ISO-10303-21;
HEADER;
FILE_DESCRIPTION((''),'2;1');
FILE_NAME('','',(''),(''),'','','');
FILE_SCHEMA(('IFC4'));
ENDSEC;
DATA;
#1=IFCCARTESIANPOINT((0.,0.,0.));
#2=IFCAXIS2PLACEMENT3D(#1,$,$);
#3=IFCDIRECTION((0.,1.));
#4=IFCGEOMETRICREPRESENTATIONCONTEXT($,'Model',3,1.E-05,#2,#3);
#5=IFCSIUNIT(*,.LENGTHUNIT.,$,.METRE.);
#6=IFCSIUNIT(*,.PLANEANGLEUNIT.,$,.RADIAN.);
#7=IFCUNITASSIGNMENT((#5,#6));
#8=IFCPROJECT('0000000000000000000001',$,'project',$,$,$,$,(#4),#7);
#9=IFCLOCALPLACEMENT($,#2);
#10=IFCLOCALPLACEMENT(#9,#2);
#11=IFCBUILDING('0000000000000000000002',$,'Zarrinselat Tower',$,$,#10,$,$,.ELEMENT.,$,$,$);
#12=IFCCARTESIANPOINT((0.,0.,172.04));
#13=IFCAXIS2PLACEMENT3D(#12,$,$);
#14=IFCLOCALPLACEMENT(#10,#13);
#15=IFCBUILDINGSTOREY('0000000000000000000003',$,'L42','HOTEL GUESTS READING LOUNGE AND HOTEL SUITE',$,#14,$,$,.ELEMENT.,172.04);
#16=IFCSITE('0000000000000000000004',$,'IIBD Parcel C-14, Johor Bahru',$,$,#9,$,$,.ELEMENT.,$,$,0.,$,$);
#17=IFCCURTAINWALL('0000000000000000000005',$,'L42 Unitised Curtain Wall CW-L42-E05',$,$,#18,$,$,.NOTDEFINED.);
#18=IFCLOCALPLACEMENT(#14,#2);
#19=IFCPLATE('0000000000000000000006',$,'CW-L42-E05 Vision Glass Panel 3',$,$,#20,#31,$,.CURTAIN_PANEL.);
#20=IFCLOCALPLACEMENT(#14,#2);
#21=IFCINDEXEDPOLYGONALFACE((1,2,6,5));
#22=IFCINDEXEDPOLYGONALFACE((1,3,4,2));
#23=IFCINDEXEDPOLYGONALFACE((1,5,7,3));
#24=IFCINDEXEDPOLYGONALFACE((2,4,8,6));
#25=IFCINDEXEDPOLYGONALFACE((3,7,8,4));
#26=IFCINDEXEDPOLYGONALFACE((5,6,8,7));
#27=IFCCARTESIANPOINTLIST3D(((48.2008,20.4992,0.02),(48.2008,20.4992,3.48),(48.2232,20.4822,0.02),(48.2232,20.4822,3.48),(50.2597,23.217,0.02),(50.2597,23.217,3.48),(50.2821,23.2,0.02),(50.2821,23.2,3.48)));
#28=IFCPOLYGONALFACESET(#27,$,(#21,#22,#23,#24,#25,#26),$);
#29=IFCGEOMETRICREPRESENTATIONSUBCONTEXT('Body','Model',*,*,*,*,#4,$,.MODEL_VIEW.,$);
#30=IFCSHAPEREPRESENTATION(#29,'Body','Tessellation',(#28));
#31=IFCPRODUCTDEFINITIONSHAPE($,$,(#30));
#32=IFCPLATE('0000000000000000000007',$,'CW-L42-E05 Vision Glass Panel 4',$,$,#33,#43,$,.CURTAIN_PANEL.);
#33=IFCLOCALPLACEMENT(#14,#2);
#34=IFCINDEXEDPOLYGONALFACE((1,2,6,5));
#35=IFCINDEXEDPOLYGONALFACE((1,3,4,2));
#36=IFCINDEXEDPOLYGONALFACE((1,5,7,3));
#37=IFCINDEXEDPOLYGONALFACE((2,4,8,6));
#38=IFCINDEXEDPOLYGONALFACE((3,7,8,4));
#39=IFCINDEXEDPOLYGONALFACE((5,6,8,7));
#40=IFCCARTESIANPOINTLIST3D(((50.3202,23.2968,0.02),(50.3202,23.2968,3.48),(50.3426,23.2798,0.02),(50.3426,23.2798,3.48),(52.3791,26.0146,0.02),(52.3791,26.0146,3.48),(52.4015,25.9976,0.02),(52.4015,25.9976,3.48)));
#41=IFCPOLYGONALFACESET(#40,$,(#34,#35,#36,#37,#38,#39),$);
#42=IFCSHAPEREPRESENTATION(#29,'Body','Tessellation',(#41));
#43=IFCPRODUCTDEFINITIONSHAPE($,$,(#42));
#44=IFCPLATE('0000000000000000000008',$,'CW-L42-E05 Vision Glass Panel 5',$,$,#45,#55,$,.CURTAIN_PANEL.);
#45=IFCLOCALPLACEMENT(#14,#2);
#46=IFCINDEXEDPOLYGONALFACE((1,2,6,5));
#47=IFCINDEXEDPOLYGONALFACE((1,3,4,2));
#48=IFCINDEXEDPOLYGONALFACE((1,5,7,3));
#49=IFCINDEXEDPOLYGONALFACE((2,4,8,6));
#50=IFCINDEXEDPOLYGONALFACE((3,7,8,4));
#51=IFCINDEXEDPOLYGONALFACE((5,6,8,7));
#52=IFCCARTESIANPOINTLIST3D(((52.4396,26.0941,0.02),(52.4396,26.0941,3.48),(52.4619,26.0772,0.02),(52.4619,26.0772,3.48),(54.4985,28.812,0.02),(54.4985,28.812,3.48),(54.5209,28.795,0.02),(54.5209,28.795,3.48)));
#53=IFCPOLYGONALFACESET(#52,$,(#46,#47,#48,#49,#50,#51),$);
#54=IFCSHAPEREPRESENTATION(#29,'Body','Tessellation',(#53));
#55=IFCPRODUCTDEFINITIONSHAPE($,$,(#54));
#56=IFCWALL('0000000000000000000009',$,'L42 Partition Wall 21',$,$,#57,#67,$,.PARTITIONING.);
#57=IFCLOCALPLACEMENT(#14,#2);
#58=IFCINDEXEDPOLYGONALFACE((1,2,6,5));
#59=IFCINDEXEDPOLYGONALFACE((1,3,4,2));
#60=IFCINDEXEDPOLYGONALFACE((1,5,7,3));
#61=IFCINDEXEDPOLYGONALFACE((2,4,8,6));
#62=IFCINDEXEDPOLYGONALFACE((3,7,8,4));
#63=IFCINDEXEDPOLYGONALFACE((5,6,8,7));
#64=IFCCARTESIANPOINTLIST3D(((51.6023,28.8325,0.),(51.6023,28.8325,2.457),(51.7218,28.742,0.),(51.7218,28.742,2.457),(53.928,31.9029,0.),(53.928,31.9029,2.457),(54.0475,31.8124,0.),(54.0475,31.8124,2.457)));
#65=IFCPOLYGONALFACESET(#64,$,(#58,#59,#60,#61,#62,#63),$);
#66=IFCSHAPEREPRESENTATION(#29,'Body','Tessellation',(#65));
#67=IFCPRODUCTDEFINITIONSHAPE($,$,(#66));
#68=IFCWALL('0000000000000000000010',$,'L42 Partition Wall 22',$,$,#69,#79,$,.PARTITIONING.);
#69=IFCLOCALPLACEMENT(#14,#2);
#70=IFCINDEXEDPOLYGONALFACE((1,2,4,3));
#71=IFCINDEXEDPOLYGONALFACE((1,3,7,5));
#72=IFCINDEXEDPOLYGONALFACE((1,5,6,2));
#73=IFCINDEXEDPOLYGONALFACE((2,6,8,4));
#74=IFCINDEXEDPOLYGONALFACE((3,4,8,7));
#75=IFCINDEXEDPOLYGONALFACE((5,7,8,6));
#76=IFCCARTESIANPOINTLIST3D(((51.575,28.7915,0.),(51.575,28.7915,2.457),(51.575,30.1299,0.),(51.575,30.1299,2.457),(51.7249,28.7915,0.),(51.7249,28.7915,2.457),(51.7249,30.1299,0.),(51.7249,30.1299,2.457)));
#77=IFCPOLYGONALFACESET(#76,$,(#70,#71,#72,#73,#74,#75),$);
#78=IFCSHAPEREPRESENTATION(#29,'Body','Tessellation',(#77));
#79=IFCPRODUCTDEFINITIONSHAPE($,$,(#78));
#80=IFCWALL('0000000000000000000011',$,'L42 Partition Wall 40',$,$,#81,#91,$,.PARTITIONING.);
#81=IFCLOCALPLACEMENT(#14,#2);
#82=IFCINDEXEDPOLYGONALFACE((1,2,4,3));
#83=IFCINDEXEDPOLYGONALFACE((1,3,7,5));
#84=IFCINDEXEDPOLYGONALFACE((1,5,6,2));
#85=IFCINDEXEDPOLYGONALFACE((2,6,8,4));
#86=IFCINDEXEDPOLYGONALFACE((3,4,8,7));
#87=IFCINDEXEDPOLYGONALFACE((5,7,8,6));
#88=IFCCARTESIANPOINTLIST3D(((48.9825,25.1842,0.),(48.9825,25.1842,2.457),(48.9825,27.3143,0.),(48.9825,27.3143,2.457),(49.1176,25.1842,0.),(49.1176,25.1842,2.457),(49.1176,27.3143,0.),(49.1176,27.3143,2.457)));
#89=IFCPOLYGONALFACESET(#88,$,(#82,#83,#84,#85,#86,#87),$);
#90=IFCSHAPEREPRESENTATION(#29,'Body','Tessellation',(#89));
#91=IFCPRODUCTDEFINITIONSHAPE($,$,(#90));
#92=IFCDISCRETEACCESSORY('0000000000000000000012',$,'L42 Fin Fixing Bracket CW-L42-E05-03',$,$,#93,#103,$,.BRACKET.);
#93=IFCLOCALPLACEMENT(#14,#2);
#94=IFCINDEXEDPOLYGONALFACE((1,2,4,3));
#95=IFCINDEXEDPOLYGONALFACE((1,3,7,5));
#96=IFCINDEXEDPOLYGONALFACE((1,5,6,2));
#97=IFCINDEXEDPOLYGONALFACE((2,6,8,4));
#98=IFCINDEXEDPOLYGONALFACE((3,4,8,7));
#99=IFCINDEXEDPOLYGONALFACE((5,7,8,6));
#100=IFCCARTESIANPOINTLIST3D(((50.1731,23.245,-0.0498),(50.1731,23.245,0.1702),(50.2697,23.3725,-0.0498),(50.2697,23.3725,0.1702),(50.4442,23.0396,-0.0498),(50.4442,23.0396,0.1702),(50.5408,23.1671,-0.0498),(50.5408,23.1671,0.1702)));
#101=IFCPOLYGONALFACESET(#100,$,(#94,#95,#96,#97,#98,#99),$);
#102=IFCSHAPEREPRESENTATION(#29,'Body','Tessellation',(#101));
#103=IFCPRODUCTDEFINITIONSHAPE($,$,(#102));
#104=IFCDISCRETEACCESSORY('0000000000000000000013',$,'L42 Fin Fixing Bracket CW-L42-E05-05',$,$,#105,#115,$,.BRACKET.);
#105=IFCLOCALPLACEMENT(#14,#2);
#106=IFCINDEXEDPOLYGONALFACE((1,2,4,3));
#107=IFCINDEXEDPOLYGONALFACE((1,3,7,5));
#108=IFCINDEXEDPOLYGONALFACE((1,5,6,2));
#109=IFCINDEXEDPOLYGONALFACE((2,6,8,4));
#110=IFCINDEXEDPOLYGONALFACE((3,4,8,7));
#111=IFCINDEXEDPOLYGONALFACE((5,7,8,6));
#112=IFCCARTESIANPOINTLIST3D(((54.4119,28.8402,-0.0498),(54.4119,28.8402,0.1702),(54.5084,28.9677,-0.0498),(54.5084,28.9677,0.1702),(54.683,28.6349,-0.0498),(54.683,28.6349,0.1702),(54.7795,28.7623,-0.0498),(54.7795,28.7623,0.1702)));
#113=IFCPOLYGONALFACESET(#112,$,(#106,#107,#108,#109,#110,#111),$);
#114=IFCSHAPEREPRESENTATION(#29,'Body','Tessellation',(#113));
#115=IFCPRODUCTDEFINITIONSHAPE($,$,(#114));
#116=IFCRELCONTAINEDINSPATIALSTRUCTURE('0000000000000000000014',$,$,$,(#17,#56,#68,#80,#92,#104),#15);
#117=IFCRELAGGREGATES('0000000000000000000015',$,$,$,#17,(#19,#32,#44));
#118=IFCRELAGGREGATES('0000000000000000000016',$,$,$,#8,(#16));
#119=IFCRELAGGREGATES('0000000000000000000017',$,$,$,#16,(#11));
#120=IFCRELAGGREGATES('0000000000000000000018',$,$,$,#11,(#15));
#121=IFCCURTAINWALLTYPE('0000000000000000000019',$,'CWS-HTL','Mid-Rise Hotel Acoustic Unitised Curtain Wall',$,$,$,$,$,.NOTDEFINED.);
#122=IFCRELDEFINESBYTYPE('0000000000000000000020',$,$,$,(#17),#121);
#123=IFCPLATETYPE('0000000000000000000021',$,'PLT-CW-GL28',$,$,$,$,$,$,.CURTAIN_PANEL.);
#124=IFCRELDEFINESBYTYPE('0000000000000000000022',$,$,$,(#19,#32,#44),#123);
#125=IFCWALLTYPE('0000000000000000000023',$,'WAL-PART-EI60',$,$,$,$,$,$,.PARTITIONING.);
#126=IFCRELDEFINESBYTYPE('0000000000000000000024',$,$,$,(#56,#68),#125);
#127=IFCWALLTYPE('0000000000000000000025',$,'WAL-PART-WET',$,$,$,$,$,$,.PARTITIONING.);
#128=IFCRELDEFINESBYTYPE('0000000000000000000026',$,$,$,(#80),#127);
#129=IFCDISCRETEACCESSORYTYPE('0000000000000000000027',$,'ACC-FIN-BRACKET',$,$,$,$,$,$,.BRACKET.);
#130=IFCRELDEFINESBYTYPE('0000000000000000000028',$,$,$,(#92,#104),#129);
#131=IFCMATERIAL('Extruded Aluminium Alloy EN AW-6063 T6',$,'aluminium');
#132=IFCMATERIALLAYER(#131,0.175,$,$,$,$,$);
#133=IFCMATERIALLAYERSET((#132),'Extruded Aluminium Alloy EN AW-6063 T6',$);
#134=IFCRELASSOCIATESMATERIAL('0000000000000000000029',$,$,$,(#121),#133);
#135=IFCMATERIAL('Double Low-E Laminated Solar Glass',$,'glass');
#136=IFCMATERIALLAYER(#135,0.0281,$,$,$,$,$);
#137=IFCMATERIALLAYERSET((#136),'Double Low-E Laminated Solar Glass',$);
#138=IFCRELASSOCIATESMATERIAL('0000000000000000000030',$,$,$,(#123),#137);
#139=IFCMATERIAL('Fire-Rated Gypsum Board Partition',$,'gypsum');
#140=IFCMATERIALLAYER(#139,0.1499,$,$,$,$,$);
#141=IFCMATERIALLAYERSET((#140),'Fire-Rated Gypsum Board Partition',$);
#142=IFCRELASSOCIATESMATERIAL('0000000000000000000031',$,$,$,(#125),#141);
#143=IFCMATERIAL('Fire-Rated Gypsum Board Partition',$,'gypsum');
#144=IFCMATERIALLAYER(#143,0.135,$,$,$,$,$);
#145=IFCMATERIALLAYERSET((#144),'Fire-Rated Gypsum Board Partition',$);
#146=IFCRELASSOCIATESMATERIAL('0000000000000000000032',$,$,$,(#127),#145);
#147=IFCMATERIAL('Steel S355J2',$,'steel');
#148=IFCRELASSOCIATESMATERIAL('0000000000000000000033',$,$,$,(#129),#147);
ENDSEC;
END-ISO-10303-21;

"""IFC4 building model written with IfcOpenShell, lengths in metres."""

from ifc_helpers import new_model, si_unit, direction, frame, frame_2d, origin, origin_2d, place, context, subcontext, project, spatial, rectangle, extrude, material, layer, layer_set, type_object, element, aggregate, save


model = new_model("IFC4")

# Units and contexts
model_context = context("Model", 3, precision=1e-05, world=origin(), true_north=direction((0.0, 1.0)))
body_context = subcontext(model_context, "Body", "Model", "MODEL_VIEW")
ifc_project = project(units=[si_unit("LENGTHUNIT", "METRE"), si_unit("PLANEANGLEUNIT", "RADIAN")], contexts=[model_context])

# Site, building, storey
site_placement = place(None, origin())
site = spatial("IfcSite", under=ifc_project, at=site_placement, Name="IIBD Parcel C-14, Johor Bahru", CompositionType="ELEMENT", RefElevation=0.0)
building_placement = place(site_placement, origin())
building = spatial("IfcBuilding", under=site, at=building_placement, Name="Zarrinselat Tower", CompositionType="ELEMENT")
storey_placement = place(building_placement, frame((0.0, 0.0, 172.04)))
storey = spatial("IfcBuildingStorey", under=building, at=storey_placement, Name="L42", Description="HOTEL GUESTS READING LOUNGE AND HOTEL SUITE", CompositionType="ELEMENT", Elevation=172.04)

# Curtain wall, plates
ifc_material_1 = material(Name="Extruded Aluminium Alloy EN AW-6063 T6", Category="aluminium")
ifc_layer_1 = layer(ifc_material_1, 0.175)
ifc_layer_set_1 = layer_set([ifc_layer_1], Name="Extruded Aluminium Alloy EN AW-6063 T6")
curtain_wall_type = type_object("IfcCurtainWallType", Name="CWS-HTL", Description="Mid-Rise Hotel Acoustic Unitised Curtain Wall", PredefinedType="NOTDEFINED", material=ifc_layer_set_1)
curtain_wall_placement = place(storey_placement, origin())
curtain_wall = element("IfcCurtainWall", 1, at=curtain_wall_placement, inside=storey, type_object=curtain_wall_type, Name="L42 Unitised Curtain Wall CW-L42-E05", PredefinedType="NOTDEFINED")
ifc_material_2 = material(Name="Double Low-E Laminated Solar Glass", Category="glass")
ifc_layer_2 = layer(ifc_material_2, 0.0281)
ifc_layer_set_2 = layer_set([ifc_layer_2], Name="Double Low-E Laminated Solar Glass")
plate_type = type_object("IfcPlateType", Name="PLT-CW-GL28", PredefinedType="CURTAIN_PANEL", material=ifc_layer_set_2)
plate_1_placement = place(storey_placement, frame((49.2415, 21.8496, 0.02), z_axis=(0.0, 0.0, 1.0), x_axis=(0.603859, 0.797091, 0.0)))
plate_1 = element("IfcPlate", 2, at=plate_1_placement, type_object=plate_type, Name="CW-L42-E05 Vision Glass Panel 3", PredefinedType="CURTAIN_PANEL", context=body_context, shape_type="SweptSolid", body=[
    extrude(rectangle(XDim=3.4097, YDim=0.0281, at=origin_2d()), origin(), (0.0, 0.0, 1.0), 3.46),
])
plate_2_placement = place(storey_placement, frame((51.3608, 24.6472, 0.02), z_axis=(0.0, 0.0, 1.0), x_axis=(0.603859, 0.797091, 0.0)))
plate_2 = element("IfcPlate", 3, at=plate_2_placement, type_object=plate_type, Name="CW-L42-E05 Vision Glass Panel 4", PredefinedType="CURTAIN_PANEL", context=body_context, shape_type="SweptSolid", body=[
    extrude(rectangle(XDim=3.4097, YDim=0.0281, at=origin_2d()), origin(), (0.0, 0.0, 1.0), 3.46),
])
plate_3_placement = place(storey_placement, frame((53.4802, 27.4446, 0.02), z_axis=(0.0, 0.0, 1.0), x_axis=(0.603859, 0.797091, 0.0)))
plate_3 = element("IfcPlate", 4, at=plate_3_placement, type_object=plate_type, Name="CW-L42-E05 Vision Glass Panel 5", PredefinedType="CURTAIN_PANEL", context=body_context, shape_type="SweptSolid", body=[
    extrude(rectangle(XDim=3.4097, YDim=0.0281, at=origin_2d()), origin(), (0.0, 0.0, 1.0), 3.46),
])
aggregate(curtain_wall, [plate_1, plate_2, plate_3])

# Walls
ifc_material_3 = material(Name="Fire-Rated Gypsum Board Partition", Category="gypsum")
ifc_layer_3 = layer(ifc_material_3, 0.1499)
ifc_layer_set_3 = layer_set([ifc_layer_3], Name="Fire-Rated Gypsum Board Partition")
wall_type_1 = type_object("IfcWallType", Name="WAL-PART-EI60", PredefinedType="PARTITIONING", material=ifc_layer_set_3)
wall_1_placement = place(storey_placement, frame((51.6621, 28.7874, 0.0), z_axis=(0.0, 0.0, 1.0), x_axis=(0.603806, 0.797131, 0.0)))
element("IfcWall", 5, at=wall_1_placement, inside=storey, type_object=wall_type_1, Name="L42 Partition Wall 21", PredefinedType="PARTITIONING", context=body_context, shape_type="SweptSolid", body=[
    extrude(rectangle(XDim=3.8518, YDim=0.1499, at=frame_2d((1.9258, 0.0))), origin(), (0.0, 0.0, 1.0), 2.457),
])
wall_2_placement = place(storey_placement, frame((51.6499, 28.7915, 0.0), z_axis=(0.0, 0.0, 1.0), x_axis=(0.0, 1.0, 0.0)))
element("IfcWall", 6, at=wall_2_placement, inside=storey, type_object=wall_type_1, Name="L42 Partition Wall 22", PredefinedType="PARTITIONING", context=body_context, shape_type="SweptSolid", body=[
    extrude(rectangle(XDim=1.3384, YDim=0.1499, at=frame_2d((0.6692, 0.0))), origin(), (0.0, 0.0, 1.0), 2.457),
])
ifc_material_4 = material(Name="Fire-Rated Gypsum Board Partition", Category="gypsum")
ifc_layer_4 = layer(ifc_material_4, 0.135)
ifc_layer_set_4 = layer_set([ifc_layer_4], Name="Fire-Rated Gypsum Board Partition")
wall_type_2 = type_object("IfcWallType", Name="WAL-PART-WET", PredefinedType="PARTITIONING", material=ifc_layer_set_4)
wall_3_placement = place(storey_placement, frame((49.05, 25.1843, 0.0), z_axis=(0.0, 0.0, 1.0), x_axis=(0.0, 1.0, 0.0)))
element("IfcWall", 7, at=wall_3_placement, inside=storey, type_object=wall_type_2, Name="L42 Partition Wall 40", PredefinedType="PARTITIONING", context=body_context, shape_type="SweptSolid", body=[
    extrude(rectangle(XDim=2.1301, YDim=0.135, at=frame_2d((1.0649, 0.0))), origin(), (0.0, 0.0, 1.0), 2.457),
])

# Discrete accessories
ifc_material_5 = material(Name="Steel S355J2", Category="steel")
discrete_accessory_type = type_object("IfcDiscreteAccessoryType", Name="ACC-FIN-BRACKET", PredefinedType="BRACKET", material=ifc_material_5)
for number, where, z_axis, x_axis, name in (
    (8, (50.3569, 23.2061, -0.0498), (0.0, 0.0, 1.0), (0.797091, -0.603859, 0.0), "L42 Fin Fixing Bracket CW-L42-E05-03"),
    (9, (54.5957, 28.8013, -0.0498), (0.0, 0.0, 1.0), (0.797091, -0.603859, 0.0), "L42 Fin Fixing Bracket CW-L42-E05-05"),
):
    element("IfcDiscreteAccessory", number, at=place(storey_placement, frame(where, z_axis=z_axis, x_axis=x_axis)), inside=storey, type_object=discrete_accessory_type, Name=name, PredefinedType="BRACKET", context=body_context, shape_type="SweptSolid", body=[
        extrude(rectangle(XDim=0.3401, YDim=0.1599, at=origin_2d()), origin(), (0.0, 0.0, 1.0), 0.22),
    ])

save(model, "model.ifc")
